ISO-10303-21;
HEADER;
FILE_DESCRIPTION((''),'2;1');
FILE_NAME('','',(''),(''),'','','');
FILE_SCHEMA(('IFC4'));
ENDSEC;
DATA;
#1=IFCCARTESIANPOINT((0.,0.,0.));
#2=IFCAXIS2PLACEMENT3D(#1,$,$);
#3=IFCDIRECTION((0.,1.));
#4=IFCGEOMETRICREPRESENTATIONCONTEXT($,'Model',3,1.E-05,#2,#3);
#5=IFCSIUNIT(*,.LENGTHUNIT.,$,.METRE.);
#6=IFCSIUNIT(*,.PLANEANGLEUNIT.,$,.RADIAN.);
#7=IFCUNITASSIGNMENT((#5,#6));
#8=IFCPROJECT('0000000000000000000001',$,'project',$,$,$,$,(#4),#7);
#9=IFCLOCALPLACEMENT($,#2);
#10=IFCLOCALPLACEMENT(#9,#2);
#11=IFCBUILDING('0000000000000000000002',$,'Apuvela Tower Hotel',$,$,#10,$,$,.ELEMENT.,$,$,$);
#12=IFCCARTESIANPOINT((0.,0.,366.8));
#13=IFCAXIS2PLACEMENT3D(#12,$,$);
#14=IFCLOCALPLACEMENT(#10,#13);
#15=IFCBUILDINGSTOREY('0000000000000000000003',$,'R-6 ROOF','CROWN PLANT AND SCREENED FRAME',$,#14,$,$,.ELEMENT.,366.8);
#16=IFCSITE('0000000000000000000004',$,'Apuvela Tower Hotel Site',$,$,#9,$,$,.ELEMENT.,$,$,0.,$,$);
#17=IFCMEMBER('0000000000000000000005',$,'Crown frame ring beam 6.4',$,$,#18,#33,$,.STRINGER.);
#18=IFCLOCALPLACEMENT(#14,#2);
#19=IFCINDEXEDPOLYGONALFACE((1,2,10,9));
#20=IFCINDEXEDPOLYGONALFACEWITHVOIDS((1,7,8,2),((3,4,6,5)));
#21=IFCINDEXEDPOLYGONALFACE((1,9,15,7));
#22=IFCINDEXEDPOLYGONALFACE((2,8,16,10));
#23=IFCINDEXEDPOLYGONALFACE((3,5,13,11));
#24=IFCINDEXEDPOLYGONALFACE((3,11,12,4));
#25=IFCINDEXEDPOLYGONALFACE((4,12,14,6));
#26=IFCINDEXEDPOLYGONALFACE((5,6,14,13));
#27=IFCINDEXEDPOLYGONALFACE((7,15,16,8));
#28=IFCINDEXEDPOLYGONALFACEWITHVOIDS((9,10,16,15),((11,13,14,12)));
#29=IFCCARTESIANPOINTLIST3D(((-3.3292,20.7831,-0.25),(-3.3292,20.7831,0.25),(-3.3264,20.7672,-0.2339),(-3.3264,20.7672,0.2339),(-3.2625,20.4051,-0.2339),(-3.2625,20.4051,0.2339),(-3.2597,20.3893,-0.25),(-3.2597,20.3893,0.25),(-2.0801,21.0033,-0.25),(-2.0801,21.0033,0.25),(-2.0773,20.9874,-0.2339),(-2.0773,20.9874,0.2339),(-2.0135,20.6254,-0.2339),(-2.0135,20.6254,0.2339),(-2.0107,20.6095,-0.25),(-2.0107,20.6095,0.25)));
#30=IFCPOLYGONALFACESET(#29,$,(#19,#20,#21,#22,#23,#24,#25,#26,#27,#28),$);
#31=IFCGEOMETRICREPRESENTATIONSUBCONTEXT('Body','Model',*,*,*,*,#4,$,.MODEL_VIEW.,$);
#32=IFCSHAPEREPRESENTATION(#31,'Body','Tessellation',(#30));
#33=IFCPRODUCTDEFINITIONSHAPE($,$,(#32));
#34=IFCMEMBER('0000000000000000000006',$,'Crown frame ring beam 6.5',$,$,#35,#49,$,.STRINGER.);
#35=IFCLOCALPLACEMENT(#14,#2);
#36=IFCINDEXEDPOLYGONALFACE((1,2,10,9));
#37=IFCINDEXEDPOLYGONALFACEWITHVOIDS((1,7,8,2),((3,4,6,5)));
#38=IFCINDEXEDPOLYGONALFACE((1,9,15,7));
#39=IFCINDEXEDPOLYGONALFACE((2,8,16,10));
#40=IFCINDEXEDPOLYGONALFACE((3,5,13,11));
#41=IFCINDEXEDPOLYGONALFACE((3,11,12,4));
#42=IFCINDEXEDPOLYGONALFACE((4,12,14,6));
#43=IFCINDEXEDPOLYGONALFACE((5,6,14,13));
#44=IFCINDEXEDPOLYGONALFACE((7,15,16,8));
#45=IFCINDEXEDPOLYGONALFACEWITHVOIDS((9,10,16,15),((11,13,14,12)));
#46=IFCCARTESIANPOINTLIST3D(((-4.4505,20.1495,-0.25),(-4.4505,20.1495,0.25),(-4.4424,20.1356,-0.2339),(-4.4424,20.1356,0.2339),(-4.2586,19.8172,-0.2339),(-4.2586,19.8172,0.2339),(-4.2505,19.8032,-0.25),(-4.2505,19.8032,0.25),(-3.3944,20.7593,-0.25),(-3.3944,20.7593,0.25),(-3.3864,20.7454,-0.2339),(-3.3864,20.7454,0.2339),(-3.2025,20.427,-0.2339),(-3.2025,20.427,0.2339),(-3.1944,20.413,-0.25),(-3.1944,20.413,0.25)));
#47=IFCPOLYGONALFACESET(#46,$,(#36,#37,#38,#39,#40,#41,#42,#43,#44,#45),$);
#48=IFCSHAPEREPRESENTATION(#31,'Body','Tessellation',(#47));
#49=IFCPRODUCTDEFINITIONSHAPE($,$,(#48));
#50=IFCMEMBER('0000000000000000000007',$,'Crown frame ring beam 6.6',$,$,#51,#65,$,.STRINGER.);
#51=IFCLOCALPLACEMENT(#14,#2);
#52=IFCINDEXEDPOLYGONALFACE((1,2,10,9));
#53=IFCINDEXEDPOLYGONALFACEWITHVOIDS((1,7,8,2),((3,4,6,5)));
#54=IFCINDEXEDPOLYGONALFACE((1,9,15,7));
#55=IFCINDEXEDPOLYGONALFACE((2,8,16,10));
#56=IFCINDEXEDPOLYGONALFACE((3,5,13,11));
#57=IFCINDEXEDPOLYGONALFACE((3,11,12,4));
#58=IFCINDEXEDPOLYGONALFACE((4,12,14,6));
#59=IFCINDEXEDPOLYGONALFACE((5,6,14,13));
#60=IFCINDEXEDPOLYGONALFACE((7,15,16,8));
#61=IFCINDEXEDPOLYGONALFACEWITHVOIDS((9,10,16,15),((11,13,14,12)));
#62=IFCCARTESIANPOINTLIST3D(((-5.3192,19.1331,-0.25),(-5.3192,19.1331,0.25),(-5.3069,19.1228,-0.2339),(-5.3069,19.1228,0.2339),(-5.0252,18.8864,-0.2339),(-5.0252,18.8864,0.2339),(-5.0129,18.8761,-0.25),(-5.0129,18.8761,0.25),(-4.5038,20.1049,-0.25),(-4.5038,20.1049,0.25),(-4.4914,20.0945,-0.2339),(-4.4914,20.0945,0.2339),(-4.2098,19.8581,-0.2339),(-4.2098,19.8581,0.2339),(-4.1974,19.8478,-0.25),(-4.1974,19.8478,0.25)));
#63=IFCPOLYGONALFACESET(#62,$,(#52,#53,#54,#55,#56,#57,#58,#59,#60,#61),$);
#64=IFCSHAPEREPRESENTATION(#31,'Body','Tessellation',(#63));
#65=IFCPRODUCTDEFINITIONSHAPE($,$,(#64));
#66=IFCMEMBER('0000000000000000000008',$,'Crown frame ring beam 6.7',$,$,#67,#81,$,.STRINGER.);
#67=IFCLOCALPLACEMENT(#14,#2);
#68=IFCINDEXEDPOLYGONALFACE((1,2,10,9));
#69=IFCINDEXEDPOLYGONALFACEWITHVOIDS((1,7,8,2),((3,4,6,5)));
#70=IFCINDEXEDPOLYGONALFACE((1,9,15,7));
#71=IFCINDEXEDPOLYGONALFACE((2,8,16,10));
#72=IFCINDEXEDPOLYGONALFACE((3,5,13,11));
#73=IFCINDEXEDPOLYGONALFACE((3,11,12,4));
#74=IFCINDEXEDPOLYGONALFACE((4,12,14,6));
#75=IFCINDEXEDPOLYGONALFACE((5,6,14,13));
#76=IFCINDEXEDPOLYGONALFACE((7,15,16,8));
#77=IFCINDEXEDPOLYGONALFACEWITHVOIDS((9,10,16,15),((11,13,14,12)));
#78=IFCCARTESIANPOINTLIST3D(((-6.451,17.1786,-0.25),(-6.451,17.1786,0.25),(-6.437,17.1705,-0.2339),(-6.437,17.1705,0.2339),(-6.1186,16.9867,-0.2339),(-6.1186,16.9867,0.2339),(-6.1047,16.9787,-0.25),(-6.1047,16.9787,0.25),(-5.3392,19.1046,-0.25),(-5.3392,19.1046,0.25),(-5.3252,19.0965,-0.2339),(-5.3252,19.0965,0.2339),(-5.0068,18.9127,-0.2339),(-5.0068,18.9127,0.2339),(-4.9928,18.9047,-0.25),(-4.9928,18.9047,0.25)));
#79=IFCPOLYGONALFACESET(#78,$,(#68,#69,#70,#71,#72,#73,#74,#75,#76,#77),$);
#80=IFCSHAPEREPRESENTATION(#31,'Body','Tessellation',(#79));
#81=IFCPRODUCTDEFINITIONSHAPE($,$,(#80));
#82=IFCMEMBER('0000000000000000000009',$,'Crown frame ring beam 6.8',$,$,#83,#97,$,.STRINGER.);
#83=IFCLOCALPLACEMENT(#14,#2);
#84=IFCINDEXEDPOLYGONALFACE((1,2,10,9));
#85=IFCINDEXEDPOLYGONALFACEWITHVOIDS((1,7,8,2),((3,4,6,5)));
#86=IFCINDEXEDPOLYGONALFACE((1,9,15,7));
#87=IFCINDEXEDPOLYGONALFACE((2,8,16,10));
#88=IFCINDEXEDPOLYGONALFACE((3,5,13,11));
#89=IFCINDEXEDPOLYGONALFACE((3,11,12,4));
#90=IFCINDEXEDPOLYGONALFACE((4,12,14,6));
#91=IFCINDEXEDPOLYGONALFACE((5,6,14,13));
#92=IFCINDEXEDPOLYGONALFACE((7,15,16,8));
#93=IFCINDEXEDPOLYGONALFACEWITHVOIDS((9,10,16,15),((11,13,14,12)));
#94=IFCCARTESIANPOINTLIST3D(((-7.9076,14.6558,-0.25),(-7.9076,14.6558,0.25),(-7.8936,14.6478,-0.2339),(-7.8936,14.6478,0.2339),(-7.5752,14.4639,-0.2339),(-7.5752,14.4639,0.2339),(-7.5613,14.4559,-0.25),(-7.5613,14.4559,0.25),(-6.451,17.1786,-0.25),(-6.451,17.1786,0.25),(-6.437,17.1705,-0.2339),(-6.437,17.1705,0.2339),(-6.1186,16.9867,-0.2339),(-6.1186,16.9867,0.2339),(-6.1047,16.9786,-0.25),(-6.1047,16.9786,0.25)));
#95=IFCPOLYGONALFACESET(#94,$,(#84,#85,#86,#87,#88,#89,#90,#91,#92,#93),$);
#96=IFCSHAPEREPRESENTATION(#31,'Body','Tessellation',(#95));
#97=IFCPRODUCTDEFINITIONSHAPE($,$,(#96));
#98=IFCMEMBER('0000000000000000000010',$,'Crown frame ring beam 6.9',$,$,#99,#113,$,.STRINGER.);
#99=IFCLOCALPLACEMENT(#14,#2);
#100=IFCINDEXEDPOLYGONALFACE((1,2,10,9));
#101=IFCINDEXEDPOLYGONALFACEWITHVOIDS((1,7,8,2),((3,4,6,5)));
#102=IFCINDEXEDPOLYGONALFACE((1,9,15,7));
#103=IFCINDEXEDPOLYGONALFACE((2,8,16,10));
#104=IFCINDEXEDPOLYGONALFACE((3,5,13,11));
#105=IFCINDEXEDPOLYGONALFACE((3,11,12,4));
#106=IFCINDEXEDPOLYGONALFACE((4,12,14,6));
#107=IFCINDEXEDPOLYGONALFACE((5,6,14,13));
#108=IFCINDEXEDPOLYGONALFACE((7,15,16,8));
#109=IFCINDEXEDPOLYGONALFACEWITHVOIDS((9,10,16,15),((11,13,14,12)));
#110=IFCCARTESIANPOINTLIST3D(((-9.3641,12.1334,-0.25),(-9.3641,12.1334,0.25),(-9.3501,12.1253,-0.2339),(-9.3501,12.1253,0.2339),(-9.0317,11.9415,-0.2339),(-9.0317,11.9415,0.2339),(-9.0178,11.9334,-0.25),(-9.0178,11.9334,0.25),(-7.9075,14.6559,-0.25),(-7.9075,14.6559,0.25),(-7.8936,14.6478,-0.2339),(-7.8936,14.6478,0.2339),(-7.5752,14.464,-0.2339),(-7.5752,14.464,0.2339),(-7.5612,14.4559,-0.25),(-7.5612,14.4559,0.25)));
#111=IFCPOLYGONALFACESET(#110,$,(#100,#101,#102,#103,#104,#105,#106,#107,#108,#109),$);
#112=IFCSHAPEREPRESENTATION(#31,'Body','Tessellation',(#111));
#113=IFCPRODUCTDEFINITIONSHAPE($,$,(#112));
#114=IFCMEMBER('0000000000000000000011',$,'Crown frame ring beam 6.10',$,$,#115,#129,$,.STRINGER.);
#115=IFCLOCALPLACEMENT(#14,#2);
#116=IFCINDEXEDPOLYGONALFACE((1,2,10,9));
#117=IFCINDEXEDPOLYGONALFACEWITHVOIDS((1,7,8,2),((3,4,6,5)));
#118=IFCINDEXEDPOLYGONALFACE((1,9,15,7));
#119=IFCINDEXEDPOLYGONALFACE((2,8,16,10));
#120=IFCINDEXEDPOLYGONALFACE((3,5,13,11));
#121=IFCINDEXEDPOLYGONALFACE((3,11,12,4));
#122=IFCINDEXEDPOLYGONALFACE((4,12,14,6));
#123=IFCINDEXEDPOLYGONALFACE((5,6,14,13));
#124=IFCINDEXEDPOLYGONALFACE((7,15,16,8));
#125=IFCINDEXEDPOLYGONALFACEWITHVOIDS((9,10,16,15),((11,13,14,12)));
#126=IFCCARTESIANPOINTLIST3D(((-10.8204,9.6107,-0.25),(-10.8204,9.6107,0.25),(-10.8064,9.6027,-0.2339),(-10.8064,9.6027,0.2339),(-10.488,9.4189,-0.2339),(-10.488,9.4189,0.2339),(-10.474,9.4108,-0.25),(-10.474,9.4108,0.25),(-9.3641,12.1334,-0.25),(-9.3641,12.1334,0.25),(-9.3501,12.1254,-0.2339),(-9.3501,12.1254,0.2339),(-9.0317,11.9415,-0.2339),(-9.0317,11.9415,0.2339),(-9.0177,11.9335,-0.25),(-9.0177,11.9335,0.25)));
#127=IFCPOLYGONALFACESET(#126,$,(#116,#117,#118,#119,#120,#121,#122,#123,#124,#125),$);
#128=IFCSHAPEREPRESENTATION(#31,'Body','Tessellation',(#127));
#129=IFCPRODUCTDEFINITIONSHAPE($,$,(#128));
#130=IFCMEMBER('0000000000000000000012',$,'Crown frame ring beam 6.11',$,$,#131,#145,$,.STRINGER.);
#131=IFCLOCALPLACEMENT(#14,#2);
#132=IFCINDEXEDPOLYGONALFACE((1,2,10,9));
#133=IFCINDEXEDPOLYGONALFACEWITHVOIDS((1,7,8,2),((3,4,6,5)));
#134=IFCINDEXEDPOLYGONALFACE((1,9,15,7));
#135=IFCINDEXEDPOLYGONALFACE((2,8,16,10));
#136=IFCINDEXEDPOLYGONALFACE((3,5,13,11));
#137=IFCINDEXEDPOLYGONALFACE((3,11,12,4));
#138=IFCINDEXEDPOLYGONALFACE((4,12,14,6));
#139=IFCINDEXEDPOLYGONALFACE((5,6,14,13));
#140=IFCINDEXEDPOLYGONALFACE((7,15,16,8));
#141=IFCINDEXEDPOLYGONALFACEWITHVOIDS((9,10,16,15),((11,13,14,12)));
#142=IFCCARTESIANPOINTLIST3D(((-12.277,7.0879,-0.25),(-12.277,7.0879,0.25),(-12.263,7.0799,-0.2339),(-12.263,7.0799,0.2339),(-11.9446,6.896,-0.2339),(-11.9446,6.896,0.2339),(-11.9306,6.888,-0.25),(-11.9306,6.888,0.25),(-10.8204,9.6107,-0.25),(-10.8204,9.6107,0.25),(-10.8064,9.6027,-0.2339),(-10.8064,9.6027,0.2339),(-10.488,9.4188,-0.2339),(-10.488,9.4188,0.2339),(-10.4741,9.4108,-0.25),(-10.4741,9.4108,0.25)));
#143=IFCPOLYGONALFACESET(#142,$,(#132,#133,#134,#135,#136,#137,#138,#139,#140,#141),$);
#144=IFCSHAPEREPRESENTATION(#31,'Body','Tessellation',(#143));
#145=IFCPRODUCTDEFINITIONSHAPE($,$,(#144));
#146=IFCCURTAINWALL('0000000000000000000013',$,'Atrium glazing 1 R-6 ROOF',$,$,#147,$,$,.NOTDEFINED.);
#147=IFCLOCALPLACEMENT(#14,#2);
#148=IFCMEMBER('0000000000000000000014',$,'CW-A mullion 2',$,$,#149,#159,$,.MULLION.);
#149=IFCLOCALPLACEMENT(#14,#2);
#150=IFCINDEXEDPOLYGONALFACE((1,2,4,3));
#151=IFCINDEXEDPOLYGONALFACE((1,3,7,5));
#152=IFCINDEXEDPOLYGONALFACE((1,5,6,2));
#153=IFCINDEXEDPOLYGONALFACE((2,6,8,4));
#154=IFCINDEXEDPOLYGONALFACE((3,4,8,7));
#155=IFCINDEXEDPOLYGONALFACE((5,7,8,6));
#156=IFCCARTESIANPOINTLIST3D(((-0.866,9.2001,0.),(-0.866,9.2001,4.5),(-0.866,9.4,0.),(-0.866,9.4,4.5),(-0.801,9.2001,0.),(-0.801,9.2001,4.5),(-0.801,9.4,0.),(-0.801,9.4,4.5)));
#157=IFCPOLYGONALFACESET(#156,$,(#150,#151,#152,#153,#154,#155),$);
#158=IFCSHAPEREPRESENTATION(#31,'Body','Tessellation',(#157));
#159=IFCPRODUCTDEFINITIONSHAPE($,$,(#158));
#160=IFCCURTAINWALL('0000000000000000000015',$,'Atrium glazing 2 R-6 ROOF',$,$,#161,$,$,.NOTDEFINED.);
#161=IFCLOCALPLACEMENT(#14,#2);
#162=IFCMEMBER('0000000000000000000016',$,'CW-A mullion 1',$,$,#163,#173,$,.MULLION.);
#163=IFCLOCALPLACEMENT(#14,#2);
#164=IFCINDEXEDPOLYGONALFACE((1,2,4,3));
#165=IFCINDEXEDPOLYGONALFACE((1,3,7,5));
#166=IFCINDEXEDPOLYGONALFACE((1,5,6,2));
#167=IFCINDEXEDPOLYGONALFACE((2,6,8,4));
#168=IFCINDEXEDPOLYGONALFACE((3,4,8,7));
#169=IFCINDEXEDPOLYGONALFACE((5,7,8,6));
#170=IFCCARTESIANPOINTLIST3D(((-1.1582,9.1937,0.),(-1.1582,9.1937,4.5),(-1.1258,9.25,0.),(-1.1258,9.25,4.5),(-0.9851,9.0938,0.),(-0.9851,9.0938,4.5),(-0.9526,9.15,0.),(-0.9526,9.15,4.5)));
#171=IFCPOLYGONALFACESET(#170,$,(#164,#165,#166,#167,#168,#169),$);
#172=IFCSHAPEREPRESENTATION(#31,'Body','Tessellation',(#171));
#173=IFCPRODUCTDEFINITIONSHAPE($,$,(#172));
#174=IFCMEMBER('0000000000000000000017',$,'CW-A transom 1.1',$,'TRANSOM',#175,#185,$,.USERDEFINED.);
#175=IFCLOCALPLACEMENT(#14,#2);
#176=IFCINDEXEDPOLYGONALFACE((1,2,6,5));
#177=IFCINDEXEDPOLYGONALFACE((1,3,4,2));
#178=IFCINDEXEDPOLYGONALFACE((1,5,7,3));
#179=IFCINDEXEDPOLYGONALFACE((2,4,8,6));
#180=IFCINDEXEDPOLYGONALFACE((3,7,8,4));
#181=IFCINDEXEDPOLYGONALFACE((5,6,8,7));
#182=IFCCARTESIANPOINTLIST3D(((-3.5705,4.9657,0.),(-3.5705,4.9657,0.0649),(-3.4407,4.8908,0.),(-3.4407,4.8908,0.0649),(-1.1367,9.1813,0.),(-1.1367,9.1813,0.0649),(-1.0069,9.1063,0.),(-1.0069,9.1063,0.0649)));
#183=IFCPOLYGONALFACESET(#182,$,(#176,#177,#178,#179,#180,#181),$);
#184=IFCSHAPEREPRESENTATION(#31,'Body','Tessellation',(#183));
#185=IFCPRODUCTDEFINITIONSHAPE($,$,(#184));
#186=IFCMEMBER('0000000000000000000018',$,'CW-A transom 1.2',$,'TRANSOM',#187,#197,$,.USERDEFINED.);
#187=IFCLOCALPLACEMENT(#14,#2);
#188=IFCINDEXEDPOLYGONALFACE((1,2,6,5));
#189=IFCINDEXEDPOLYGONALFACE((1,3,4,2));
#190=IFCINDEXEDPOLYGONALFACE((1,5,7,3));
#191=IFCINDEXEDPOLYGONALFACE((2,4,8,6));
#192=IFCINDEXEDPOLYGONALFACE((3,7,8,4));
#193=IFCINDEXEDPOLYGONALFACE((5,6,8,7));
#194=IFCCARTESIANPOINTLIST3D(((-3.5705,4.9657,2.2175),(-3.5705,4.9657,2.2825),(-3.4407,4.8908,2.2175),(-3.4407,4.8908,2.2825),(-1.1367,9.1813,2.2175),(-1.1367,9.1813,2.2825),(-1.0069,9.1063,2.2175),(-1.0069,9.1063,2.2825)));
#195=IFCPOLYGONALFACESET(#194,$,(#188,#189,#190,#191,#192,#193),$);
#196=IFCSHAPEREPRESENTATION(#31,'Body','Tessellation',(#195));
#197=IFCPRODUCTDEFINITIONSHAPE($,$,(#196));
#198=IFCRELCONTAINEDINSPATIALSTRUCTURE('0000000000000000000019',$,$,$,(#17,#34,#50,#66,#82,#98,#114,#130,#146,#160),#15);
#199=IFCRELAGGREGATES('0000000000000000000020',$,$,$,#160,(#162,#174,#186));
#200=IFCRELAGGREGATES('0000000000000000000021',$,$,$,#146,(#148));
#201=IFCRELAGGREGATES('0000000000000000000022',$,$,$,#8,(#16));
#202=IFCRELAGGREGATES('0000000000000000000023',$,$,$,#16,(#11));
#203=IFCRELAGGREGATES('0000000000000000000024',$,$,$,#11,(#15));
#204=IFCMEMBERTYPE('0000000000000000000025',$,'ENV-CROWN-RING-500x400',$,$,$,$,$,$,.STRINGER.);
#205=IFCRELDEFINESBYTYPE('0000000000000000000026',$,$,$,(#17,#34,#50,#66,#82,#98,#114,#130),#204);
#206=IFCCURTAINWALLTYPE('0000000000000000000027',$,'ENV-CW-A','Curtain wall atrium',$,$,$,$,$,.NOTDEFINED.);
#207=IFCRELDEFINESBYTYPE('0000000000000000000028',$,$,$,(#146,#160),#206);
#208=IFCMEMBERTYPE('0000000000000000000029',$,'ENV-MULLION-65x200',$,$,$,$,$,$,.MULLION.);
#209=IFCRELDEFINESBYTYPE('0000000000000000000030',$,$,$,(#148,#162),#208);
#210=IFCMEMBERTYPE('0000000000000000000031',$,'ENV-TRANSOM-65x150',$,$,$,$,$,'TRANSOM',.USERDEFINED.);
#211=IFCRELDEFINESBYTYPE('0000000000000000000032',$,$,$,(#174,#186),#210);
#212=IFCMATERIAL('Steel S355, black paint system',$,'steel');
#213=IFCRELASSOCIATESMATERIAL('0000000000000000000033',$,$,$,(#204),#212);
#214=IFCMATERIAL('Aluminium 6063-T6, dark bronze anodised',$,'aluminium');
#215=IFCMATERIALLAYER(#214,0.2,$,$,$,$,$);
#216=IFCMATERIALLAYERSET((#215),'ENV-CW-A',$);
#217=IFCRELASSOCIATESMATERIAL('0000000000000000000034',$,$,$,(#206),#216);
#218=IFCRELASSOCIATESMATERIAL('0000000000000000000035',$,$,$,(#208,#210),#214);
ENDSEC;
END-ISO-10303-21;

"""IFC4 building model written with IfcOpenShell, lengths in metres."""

from ifc_helpers import new_model, si_unit, direction, frame, origin, origin_2d, place, context, subcontext, project, spatial, rectangle, hollow_rectangle, extrude, material, layer, layer_set, material_profile, profile_set, type_object, element, aggregate, save


model = new_model("IFC4")

# Units and contexts
model_context = context("Model", 3, precision=1e-05, world=origin(), true_north=direction((0.0, 1.0)))
body_context = subcontext(model_context, "Body", "Model", "MODEL_VIEW")
ifc_project = project(units=[si_unit("LENGTHUNIT", "METRE"), si_unit("PLANEANGLEUNIT", "RADIAN")], contexts=[model_context])

# Site, building, storey
site_placement = place(None, origin())
site = spatial("IfcSite", under=ifc_project, at=site_placement, Name="Apuvela Tower Hotel Site", CompositionType="ELEMENT", RefElevation=0.0)
building_placement = place(site_placement, origin())
building = spatial("IfcBuilding", under=site, at=building_placement, Name="Apuvela Tower Hotel", CompositionType="ELEMENT")
storey_placement = place(building_placement, frame((0.0, 0.0, 366.8)))
storey = spatial("IfcBuildingStorey", under=building, at=storey_placement, Name="R-6 ROOF", Description="CROWN PLANT AND SCREENED FRAME", CompositionType="ELEMENT", Elevation=366.8)

# Members
ifc_material_1 = material(Name="Steel S355, black paint system", Category="steel")
ifc_material_profile_1 = material_profile(ifc_material_1, hollow_rectangle(XDim=0.3999, YDim=0.5, WallThickness=0.0161, at=origin_2d()), Name="HSS 500x400x16")
ifc_profile_set_1 = profile_set([ifc_material_profile_1], Name="Steel S355, black paint system")
member_type_1 = type_object("IfcMemberType", Name="ENV-CROWN-RING-500x400", PredefinedType="STRINGER", material=ifc_profile_set_1)
member_1_placement = place(storey_placement, frame((-2.0454, 20.8064, 0.0), z_axis=(-0.984811, -0.173632, 0.0), x_axis=(0.173632, -0.984811, 0.0)))
element("IfcMember", 1, at=member_1_placement, inside=storey, type_object=member_type_1, Name="Crown frame ring beam 6.4", PredefinedType="STRINGER", context=body_context, shape_type="SweptSolid", body=[
    extrude(hollow_rectangle(XDim=0.3999, YDim=0.5, WallThickness=0.0161, at=origin_2d()), origin(), (0.0, 0.0, 1.0), 1.2683),
])
member_2_placement = place(storey_placement, frame((-3.2944, 20.5862, 0.0), z_axis=(-0.865992, -0.500057, 0.0), x_axis=(0.500057, -0.865992, 0.0)))
element("IfcMember", 2, at=member_2_placement, inside=storey, type_object=member_type_1, Name="Crown frame ring beam 6.5", PredefinedType="STRINGER", context=body_context, shape_type="SweptSolid", body=[
    extrude(hollow_rectangle(XDim=0.3999, YDim=0.5, WallThickness=0.0161, at=origin_2d()), origin(), (0.0, 0.0, 1.0), 1.2195),
])
member_3_placement = place(storey_placement, frame((-4.3506, 19.9763, 0.0), z_axis=(-0.642831, -0.766008, 0.0), x_axis=(0.766008, -0.642831, 0.0)))
element("IfcMember", 3, at=member_3_placement, inside=storey, type_object=member_type_1, Name="Crown frame ring beam 6.6", PredefinedType="STRINGER", context=body_context, shape_type="SweptSolid", body=[
    extrude(hollow_rectangle(XDim=0.3999, YDim=0.5, WallThickness=0.0161, at=origin_2d()), origin(), (0.0, 0.0, 1.0), 1.2686),
])
member_4_placement = place(storey_placement, frame((-5.166, 19.0046, 0.0), z_axis=(-0.499941, -0.866059, 0.0), x_axis=(0.866059, -0.499941, 0.0)))
element("IfcMember", 4, at=member_4_placement, inside=storey, type_object=member_type_1, Name="Crown frame ring beam 6.7", PredefinedType="STRINGER", context=body_context, shape_type="SweptSolid", body=[
    extrude(hollow_rectangle(XDim=0.3999, YDim=0.5, WallThickness=0.0161, at=origin_2d()), origin(), (0.0, 0.0, 1.0), 2.2239),
])
member_5_placement = place(storey_placement, frame((-6.2778, 17.0786, 0.0), z_axis=(-0.500015, -0.866017, 0.0), x_axis=(0.866017, -0.500015, 0.0)))
element("IfcMember", 5, at=member_5_placement, inside=storey, type_object=member_type_1, Name="Crown frame ring beam 6.8", PredefinedType="STRINGER", context=body_context, shape_type="SweptSolid", body=[
    extrude(hollow_rectangle(XDim=0.3999, YDim=0.5, WallThickness=0.0161, at=origin_2d()), origin(), (0.0, 0.0, 1.0), 2.9131),
])
for number, where, z_axis, x_axis, name in (
    (6, (-7.7344, 14.5559, 0.0), (-0.500051, -0.865996, 0.0), (0.865996, -0.500051, 0.0), "Crown frame ring beam 6.9"),
    (7, (-9.1909, 12.0334, 0.0), (-0.499952, -0.866053, 0.0), (0.866053, -0.499952, 0.0), "Crown frame ring beam 6.10"),
):
    element("IfcMember", number, at=place(storey_placement, frame(where, z_axis=z_axis, x_axis=x_axis)), inside=storey, type_object=member_type_1, Name=name, PredefinedType="STRINGER", context=body_context, shape_type="SweptSolid", body=[
        extrude(hollow_rectangle(XDim=0.3999, YDim=0.5, WallThickness=0.0161, at=origin_2d()), origin(), (0.0, 0.0, 1.0), 2.9128),
    ])
member_6_placement = place(storey_placement, frame((-10.6472, 9.5107, 0.0), z_axis=(-0.500015, -0.866017, 0.0), x_axis=(0.866017, -0.500015, 0.0)))
element("IfcMember", 8, at=member_6_placement, inside=storey, type_object=member_type_1, Name="Crown frame ring beam 6.11", PredefinedType="STRINGER", context=body_context, shape_type="SweptSolid", body=[
    extrude(hollow_rectangle(XDim=0.3999, YDim=0.5, WallThickness=0.0161, at=origin_2d()), origin(), (0.0, 0.0, 1.0), 2.9131),
])

# Curtain wall, member
ifc_material_2 = material(Name="Aluminium 6063-T6, dark bronze anodised", Category="aluminium")
ifc_layer_1 = layer(ifc_material_2, 0.2)
ifc_layer_set_1 = layer_set([ifc_layer_1], Name="ENV-CW-A")
curtain_wall_type = type_object("IfcCurtainWallType", Name="ENV-CW-A", Description="Curtain wall atrium", PredefinedType="NOTDEFINED", material=ifc_layer_set_1)
curtain_wall_1_placement = place(storey_placement, origin())
curtain_wall_1 = element("IfcCurtainWall", 9, at=curtain_wall_1_placement, inside=storey, type_object=curtain_wall_type, Name="Atrium glazing 1 R-6 ROOF", PredefinedType="NOTDEFINED")
ifc_material_profile_2 = material_profile(ifc_material_2, rectangle(XDim=0.2, YDim=0.0649, at=origin_2d()), Name="AL 65x200")
ifc_profile_set_2 = profile_set([ifc_material_profile_2], Name="Aluminium 6063-T6, dark bronze anodised")
member_type_2 = type_object("IfcMemberType", Name="ENV-MULLION-65x200", PredefinedType="MULLION", material=ifc_profile_set_2)
member_7_placement = place(storey_placement, frame((-0.8335, 9.3, 0.0), z_axis=(0.0, 0.0, 1.0), x_axis=(0.0, -1.0, 0.0)))
member_7 = element("IfcMember", 10, at=member_7_placement, type_object=member_type_2, Name="CW-A mullion 2", PredefinedType="MULLION", context=body_context, shape_type="SweptSolid", body=[
    extrude(rectangle(XDim=0.2, YDim=0.0649, at=origin_2d()), origin(), (0.0, 0.0, 1.0), 4.5),
])

# Curtain wall, members
curtain_wall_2_placement = place(storey_placement, origin())
curtain_wall_2 = element("IfcCurtainWall", 11, at=curtain_wall_2_placement, inside=storey, type_object=curtain_wall_type, Name="Atrium glazing 2 R-6 ROOF", PredefinedType="NOTDEFINED")
member_8_placement = place(storey_placement, frame((-1.0554, 9.1719, 0.0), z_axis=(0.0, 0.0, 1.0), x_axis=(0.866026, -0.499999, 0.0)))
member_8 = element("IfcMember", 12, at=member_8_placement, type_object=member_type_2, Name="CW-A mullion 1", PredefinedType="MULLION", context=body_context, shape_type="SweptSolid", body=[
    extrude(rectangle(XDim=0.2, YDim=0.0649, at=origin_2d()), origin(), (0.0, 0.0, 1.0), 4.5),
])
ifc_material_profile_3 = material_profile(ifc_material_2, rectangle(XDim=0.1499, YDim=0.0649, at=origin_2d()), Name="AL 65x150 transom")
ifc_profile_set_3 = profile_set([ifc_material_profile_3], Name="Aluminium 6063-T6, dark bronze anodised")
member_type_3 = type_object("IfcMemberType", Name="ENV-TRANSOM-65x150", ElementType="TRANSOM", PredefinedType="USERDEFINED", material=ifc_profile_set_3)
member_9_placement = place(storey_placement, frame((-1.0718, 9.1438, 0.0325), z_axis=(-0.499996, -0.866028, 0.0), x_axis=(0.866028, -0.499996, 0.0)))
member_9 = element("IfcMember", 13, at=member_9_placement, type_object=member_type_3, Name="CW-A transom 1.1", ObjectType="TRANSOM", PredefinedType="USERDEFINED", context=body_context, shape_type="SweptSolid", body=[
    extrude(rectangle(XDim=0.1499, YDim=0.0649, at=origin_2d()), origin(), (0.0, 0.0, 1.0), 4.8677),
])
member_10_placement = place(storey_placement, frame((-1.0718, 9.1438, 2.25), z_axis=(-0.499996, -0.866028, 0.0), x_axis=(0.866028, -0.499996, 0.0)))
member_10 = element("IfcMember", 14, at=member_10_placement, type_object=member_type_3, Name="CW-A transom 1.2", ObjectType="TRANSOM", PredefinedType="USERDEFINED", context=body_context, shape_type="SweptSolid", body=[
    extrude(rectangle(XDim=0.1499, YDim=0.0649, at=origin_2d()), origin(), (0.0, 0.0, 1.0), 4.8677),
])
aggregate(curtain_wall_2, [member_8, member_9, member_10])

aggregate(curtain_wall_1, [member_7])

save(model, "model.ifc")
